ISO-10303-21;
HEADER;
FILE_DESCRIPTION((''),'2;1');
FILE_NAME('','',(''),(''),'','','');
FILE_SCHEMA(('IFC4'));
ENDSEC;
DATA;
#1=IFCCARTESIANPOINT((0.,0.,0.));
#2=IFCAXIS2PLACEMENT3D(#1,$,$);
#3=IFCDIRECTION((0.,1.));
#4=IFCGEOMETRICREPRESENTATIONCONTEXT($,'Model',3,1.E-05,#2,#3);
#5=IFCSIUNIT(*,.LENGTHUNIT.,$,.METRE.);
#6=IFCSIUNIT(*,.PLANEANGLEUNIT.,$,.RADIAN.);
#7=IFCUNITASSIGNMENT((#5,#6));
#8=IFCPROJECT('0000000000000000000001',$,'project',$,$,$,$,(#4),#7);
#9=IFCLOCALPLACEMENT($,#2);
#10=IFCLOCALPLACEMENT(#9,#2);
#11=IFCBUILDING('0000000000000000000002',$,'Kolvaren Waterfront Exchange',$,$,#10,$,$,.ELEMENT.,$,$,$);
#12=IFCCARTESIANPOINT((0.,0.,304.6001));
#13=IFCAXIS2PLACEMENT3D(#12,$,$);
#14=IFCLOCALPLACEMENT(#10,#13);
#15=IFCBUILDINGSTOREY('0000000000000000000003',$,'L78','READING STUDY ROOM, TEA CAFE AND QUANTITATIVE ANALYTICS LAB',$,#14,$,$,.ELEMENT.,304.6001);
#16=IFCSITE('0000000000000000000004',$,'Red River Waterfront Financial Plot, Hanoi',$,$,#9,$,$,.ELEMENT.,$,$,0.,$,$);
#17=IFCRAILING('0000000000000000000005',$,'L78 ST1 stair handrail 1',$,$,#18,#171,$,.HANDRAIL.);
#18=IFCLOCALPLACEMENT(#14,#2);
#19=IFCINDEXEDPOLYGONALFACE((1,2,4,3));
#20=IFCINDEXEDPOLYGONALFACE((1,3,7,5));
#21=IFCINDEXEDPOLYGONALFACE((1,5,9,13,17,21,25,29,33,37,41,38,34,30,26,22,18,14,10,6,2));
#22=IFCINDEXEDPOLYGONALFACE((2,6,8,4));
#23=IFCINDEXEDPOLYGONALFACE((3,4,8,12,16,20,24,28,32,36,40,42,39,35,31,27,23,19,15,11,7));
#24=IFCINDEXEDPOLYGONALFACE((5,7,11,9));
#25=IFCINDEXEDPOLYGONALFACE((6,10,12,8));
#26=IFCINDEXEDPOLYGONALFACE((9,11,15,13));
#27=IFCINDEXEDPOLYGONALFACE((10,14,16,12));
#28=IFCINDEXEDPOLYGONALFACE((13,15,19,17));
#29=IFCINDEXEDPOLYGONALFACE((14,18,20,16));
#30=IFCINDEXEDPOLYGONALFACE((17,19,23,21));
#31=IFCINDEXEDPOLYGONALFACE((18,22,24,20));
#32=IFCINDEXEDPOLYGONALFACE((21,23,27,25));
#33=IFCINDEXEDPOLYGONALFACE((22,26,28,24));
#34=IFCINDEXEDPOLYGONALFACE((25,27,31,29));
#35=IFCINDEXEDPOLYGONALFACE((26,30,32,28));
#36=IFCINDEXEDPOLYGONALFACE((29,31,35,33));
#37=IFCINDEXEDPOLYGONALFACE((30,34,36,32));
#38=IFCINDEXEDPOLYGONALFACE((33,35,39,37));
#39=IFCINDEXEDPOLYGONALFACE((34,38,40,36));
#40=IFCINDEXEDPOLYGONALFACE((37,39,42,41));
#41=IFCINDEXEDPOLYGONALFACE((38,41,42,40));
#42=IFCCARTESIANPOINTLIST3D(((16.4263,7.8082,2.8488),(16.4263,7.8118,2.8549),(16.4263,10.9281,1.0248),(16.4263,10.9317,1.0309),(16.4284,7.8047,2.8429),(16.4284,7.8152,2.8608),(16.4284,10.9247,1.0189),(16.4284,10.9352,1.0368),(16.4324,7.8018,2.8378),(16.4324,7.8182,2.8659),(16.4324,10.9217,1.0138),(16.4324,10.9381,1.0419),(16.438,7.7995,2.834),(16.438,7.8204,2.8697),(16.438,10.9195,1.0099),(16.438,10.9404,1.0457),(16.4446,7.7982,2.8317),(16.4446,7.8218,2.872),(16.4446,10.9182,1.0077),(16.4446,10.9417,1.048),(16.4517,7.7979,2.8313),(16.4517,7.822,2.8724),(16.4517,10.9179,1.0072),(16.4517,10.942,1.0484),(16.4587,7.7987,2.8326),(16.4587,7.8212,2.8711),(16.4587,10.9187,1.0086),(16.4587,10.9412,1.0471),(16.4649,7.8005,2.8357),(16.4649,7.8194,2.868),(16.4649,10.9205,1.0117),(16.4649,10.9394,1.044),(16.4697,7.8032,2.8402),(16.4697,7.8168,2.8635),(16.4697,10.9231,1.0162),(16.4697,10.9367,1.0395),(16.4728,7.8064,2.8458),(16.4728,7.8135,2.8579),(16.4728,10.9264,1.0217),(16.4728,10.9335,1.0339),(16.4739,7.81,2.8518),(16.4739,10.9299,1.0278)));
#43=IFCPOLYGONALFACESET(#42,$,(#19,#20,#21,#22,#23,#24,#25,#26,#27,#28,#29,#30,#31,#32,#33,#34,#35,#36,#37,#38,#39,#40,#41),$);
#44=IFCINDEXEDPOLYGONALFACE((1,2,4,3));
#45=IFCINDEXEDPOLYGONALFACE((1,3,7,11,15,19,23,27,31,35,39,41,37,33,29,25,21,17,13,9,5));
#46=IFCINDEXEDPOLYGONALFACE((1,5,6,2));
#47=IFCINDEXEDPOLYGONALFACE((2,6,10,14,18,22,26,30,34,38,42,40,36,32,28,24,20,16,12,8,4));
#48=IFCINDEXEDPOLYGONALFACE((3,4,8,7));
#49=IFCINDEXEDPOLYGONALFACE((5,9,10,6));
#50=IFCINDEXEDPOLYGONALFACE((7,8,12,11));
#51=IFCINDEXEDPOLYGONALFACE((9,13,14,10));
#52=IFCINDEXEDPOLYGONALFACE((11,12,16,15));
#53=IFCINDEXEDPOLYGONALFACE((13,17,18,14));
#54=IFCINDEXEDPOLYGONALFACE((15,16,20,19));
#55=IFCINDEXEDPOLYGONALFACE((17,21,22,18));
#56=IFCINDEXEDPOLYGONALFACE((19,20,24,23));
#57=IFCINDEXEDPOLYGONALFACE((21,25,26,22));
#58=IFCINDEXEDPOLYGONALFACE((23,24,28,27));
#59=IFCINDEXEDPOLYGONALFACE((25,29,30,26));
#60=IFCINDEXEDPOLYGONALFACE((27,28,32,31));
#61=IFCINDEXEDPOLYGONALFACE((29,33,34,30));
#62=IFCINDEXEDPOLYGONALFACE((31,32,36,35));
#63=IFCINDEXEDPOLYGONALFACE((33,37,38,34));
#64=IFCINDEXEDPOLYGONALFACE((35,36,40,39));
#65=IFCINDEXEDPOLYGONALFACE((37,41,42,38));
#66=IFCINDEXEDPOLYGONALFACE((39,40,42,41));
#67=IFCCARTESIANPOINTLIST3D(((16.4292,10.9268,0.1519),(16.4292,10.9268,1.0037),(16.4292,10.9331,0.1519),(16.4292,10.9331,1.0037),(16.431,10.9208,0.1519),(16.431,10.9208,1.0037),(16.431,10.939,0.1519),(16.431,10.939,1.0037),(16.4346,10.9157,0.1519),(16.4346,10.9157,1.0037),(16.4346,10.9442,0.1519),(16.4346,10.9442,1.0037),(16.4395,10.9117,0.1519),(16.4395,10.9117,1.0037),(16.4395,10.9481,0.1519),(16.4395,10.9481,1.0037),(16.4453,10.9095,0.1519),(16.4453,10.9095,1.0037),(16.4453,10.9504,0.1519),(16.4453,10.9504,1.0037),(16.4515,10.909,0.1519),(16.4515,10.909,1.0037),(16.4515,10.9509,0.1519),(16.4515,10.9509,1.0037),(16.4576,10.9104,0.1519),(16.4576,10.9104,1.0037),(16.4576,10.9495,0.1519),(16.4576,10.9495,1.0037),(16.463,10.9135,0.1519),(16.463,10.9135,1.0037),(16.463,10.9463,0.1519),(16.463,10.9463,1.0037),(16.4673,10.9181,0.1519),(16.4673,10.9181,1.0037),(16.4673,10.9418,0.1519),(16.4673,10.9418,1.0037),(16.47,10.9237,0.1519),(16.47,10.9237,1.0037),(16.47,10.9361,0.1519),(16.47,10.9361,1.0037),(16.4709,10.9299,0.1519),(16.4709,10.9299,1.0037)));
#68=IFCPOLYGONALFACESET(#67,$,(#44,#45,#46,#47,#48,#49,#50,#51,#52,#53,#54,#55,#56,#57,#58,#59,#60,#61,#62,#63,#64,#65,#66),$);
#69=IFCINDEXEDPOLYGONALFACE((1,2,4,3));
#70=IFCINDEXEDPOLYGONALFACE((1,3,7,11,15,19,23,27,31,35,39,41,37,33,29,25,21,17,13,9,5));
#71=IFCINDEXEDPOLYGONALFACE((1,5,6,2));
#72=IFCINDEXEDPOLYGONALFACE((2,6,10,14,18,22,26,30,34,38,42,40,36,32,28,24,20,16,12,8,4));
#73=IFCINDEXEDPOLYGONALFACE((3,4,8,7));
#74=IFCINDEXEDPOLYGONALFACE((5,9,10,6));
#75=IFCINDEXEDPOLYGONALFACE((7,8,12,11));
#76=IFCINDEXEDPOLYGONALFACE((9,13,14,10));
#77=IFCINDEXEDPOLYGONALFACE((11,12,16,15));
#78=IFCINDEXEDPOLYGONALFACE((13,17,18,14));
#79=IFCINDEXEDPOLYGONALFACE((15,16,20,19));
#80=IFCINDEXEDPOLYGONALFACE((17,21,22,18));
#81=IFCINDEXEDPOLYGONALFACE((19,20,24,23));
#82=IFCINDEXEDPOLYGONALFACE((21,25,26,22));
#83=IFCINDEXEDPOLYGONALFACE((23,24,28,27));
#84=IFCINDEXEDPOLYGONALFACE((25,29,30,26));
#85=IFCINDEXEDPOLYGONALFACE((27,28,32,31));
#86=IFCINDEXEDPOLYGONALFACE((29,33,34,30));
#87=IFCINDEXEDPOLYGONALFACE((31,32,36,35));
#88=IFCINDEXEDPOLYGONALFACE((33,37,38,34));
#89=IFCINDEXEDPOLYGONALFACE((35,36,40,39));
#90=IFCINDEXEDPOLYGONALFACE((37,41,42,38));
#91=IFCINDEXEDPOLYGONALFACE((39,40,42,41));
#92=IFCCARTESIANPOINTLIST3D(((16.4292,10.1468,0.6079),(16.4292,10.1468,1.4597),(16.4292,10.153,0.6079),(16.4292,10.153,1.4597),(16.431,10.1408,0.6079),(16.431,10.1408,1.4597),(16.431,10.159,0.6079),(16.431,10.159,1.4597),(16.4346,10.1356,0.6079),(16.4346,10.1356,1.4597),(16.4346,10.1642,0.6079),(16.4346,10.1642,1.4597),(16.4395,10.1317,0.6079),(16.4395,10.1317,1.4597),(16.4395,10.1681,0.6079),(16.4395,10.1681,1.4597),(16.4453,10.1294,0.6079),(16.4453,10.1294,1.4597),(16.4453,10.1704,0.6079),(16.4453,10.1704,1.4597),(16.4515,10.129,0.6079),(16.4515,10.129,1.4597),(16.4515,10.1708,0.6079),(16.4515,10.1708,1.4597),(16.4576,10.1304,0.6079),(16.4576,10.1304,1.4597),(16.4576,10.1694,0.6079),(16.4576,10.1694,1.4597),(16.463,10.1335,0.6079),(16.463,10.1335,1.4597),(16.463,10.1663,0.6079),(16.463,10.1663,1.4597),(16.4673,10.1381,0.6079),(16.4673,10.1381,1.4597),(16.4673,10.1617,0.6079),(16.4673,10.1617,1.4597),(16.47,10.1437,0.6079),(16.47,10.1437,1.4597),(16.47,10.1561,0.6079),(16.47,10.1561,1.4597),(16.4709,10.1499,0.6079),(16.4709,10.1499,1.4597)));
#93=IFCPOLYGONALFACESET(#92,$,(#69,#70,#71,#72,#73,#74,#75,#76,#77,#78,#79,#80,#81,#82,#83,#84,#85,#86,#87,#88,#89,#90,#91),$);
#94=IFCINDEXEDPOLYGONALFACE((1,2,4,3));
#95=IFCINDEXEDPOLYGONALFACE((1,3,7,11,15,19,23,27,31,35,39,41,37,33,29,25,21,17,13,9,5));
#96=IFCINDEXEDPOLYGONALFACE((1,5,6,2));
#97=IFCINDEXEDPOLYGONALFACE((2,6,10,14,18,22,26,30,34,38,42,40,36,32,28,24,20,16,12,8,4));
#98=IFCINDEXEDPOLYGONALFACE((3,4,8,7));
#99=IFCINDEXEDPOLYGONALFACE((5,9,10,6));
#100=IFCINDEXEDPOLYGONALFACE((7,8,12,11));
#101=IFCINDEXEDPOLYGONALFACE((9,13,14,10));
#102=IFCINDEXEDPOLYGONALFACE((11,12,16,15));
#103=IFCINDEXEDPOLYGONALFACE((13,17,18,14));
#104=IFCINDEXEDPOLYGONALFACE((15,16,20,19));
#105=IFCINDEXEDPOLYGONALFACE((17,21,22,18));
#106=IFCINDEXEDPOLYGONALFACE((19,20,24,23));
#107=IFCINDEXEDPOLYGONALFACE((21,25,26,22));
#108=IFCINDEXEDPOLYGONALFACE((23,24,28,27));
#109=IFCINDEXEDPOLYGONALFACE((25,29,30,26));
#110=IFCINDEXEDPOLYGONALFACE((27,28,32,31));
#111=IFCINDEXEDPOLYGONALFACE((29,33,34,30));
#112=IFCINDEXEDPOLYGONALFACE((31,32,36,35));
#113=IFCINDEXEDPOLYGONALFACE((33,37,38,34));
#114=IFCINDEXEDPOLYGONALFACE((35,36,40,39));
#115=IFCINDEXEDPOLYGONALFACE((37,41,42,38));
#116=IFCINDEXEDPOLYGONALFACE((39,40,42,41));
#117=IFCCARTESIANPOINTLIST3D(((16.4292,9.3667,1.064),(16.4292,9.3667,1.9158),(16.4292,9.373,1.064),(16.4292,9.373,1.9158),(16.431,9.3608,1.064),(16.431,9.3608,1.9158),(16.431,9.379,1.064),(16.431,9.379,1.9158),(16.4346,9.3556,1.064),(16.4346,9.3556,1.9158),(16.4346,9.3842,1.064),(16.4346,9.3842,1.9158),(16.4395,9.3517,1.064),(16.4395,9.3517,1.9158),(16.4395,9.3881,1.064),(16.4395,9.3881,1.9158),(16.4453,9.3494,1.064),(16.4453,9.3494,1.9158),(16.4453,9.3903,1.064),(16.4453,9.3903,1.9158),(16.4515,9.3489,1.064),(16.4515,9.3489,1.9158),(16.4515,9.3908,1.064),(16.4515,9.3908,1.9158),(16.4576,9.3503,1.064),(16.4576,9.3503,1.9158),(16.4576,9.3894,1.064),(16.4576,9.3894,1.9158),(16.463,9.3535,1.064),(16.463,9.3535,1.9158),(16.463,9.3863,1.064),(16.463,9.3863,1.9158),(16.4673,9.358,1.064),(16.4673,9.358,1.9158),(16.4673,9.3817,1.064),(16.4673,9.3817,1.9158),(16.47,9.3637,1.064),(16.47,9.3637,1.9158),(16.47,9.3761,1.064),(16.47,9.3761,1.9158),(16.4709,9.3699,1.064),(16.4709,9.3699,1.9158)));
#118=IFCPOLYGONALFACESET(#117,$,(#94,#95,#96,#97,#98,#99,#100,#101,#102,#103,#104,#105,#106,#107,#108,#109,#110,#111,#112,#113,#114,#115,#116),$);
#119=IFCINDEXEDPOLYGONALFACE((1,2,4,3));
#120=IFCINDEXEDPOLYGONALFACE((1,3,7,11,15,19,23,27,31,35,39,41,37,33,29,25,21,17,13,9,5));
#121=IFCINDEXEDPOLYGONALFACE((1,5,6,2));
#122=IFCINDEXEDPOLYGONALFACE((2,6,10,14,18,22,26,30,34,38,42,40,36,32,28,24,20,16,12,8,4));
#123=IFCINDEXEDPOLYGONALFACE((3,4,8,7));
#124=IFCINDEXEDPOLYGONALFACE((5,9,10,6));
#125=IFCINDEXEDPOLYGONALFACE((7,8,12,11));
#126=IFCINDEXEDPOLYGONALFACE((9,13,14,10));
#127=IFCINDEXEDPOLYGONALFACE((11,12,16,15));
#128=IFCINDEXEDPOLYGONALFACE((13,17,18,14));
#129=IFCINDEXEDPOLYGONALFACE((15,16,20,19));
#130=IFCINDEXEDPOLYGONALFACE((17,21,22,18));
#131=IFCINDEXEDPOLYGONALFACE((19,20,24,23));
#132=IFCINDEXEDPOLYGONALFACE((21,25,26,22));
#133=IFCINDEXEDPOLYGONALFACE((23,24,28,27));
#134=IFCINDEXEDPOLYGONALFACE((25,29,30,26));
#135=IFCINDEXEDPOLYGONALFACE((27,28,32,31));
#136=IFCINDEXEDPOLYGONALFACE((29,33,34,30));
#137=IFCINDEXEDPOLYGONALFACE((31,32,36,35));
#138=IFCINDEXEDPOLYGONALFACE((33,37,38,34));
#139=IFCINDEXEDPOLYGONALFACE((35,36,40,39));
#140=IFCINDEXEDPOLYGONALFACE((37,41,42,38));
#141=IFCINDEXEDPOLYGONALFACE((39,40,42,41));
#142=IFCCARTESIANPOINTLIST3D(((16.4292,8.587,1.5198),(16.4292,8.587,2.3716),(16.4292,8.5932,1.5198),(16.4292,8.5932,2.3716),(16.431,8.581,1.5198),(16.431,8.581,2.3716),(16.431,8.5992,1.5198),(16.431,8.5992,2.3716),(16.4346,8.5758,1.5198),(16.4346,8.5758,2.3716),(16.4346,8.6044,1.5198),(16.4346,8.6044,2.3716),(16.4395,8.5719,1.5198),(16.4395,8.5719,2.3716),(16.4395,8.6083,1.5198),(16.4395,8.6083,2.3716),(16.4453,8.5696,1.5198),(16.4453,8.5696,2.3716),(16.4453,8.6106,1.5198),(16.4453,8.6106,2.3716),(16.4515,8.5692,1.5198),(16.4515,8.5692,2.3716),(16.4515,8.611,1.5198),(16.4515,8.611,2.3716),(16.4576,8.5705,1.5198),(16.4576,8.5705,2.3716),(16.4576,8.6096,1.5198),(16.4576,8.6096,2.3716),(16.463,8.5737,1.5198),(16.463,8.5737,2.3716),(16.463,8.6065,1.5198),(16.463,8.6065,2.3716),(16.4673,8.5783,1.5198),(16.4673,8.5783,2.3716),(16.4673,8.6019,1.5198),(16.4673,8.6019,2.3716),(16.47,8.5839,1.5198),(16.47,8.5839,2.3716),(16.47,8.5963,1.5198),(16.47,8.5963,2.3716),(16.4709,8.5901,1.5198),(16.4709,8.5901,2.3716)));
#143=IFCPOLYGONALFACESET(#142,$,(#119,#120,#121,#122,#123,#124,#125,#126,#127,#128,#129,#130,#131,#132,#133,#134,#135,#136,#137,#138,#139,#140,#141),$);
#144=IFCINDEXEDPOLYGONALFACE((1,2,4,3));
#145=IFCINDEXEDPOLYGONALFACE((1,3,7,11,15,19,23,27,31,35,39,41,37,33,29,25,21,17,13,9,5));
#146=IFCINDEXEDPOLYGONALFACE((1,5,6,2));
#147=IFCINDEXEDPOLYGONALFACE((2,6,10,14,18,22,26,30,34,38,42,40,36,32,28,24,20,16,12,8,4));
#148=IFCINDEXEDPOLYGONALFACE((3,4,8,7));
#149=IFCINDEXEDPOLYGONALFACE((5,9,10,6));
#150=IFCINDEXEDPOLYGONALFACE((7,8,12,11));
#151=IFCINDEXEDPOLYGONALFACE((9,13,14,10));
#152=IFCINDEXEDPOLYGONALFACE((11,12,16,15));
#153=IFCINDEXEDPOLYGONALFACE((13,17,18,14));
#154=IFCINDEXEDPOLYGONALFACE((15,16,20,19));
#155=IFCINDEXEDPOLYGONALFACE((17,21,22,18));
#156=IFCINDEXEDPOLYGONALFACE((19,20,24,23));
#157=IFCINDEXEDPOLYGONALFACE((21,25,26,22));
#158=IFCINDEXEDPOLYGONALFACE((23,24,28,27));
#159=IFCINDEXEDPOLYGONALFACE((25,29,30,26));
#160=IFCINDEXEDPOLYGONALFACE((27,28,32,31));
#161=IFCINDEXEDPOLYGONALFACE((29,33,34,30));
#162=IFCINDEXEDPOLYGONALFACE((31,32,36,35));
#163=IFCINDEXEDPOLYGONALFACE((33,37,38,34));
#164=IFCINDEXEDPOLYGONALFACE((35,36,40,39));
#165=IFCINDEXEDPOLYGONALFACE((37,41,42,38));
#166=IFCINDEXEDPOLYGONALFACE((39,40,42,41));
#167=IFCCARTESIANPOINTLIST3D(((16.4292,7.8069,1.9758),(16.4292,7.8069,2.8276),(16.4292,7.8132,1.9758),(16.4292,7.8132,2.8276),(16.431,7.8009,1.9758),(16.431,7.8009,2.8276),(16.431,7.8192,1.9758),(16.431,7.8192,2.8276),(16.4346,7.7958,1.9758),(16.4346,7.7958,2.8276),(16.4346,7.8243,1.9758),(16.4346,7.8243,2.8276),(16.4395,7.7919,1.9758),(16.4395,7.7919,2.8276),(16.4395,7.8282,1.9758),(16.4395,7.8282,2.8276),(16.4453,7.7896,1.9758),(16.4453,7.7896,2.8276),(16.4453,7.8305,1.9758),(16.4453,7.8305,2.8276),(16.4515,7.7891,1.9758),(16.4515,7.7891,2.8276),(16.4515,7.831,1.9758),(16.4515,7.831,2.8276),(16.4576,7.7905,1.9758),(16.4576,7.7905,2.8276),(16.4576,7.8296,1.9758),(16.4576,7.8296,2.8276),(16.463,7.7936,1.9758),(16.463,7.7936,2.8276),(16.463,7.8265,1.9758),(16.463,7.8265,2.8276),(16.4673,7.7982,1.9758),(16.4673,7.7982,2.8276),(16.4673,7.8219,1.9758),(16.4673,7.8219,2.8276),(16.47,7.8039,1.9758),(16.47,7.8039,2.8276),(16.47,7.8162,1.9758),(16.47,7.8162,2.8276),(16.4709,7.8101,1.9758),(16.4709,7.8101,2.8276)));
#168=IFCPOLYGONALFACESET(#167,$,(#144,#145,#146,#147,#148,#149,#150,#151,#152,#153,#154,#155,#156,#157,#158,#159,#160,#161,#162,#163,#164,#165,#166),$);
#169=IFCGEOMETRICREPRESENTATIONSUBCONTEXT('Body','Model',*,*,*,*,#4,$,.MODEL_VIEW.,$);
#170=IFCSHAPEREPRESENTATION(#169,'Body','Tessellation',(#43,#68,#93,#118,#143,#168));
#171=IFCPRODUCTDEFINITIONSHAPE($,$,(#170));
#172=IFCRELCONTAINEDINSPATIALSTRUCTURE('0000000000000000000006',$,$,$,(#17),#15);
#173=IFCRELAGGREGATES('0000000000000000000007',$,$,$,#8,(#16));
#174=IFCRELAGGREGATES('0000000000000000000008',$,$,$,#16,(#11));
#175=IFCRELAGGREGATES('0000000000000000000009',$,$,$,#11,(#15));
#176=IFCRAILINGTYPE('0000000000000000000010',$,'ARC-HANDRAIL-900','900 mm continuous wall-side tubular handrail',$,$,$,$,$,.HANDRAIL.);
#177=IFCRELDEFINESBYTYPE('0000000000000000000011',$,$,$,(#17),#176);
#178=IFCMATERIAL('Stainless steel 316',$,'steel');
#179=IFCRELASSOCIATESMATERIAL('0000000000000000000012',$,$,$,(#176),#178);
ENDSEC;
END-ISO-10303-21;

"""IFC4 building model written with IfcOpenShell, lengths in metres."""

from ifc_helpers import new_model, si_unit, direction, frame, origin, origin_2d, place, context, subcontext, project, spatial, circle, extrude, material, type_object, element, save


model = new_model("IFC4")

# Units and contexts
model_context = context("Model", 3, precision=1e-05, world=origin(), true_north=direction((0.0, 1.0)))
body_context = subcontext(model_context, "Body", "Model", "MODEL_VIEW")
ifc_project = project(units=[si_unit("LENGTHUNIT", "METRE"), si_unit("PLANEANGLEUNIT", "RADIAN")], contexts=[model_context])

# Site, building, storey
site_placement = place(None, origin())
site = spatial("IfcSite", under=ifc_project, at=site_placement, Name="Red River Waterfront Financial Plot, Hanoi", CompositionType="ELEMENT", RefElevation=0.0)
building_placement = place(site_placement, origin())
building = spatial("IfcBuilding", under=site, at=building_placement, Name="Kolvaren Waterfront Exchange", CompositionType="ELEMENT")
storey_placement = place(building_placement, frame((0.0, 0.0, 304.6001)))
storey = spatial("IfcBuildingStorey", under=building, at=storey_placement, Name="L78", Description="READING STUDY ROOM, TEA CAFE AND QUANTITATIVE ANALYTICS LAB", CompositionType="ELEMENT", Elevation=304.6001)

# Railing
ifc_material_1 = material(Name="Stainless steel 316", Category="steel")
railing_type = type_object("IfcRailingType", Name="ARC-HANDRAIL-900", Description="900 mm continuous wall-side tubular handrail", PredefinedType="HANDRAIL", material=ifc_material_1)
railing_placement = place(storey_placement, frame((16.45, 10.9299, 0.1519)))
element("IfcRailing", 1, at=railing_placement, inside=storey, type_object=railing_type, Name="L78 ST1 stair handrail 1", PredefinedType="HANDRAIL", context=body_context, shape_type="SweptSolid", body=[
    extrude(circle(Radius=0.0239, at=origin_2d()), frame((0.0, 0.0, 0.876), z_axis=(0.0, -0.863291, 0.504707), x_axis=(1.0, 0.0, 0.0)), (0.0, 0.0, 1.0), 3.614),
    extrude(circle(Radius=0.021, at=origin_2d()), origin(), (0.0, 0.0, 1.0), 0.8518),
    extrude(circle(Radius=0.021, at=origin_2d()), frame((0.0, -0.78, 0.4561)), (0.0, 0.0, 1.0), 0.8518),
    extrude(circle(Radius=0.021, at=origin_2d()), frame((0.0, -1.5601, 0.9121)), (0.0, 0.0, 1.0), 0.8518),
    extrude(circle(Radius=0.021, at=origin_2d()), frame((0.0, -2.3398, 1.3679)), (0.0, 0.0, 1.0), 0.8518),
    extrude(circle(Radius=0.021, at=origin_2d()), frame((0.0, -3.1199, 1.824)), (0.0, 0.0, 1.0), 0.8518),
])

save(model, "model.ifc")
